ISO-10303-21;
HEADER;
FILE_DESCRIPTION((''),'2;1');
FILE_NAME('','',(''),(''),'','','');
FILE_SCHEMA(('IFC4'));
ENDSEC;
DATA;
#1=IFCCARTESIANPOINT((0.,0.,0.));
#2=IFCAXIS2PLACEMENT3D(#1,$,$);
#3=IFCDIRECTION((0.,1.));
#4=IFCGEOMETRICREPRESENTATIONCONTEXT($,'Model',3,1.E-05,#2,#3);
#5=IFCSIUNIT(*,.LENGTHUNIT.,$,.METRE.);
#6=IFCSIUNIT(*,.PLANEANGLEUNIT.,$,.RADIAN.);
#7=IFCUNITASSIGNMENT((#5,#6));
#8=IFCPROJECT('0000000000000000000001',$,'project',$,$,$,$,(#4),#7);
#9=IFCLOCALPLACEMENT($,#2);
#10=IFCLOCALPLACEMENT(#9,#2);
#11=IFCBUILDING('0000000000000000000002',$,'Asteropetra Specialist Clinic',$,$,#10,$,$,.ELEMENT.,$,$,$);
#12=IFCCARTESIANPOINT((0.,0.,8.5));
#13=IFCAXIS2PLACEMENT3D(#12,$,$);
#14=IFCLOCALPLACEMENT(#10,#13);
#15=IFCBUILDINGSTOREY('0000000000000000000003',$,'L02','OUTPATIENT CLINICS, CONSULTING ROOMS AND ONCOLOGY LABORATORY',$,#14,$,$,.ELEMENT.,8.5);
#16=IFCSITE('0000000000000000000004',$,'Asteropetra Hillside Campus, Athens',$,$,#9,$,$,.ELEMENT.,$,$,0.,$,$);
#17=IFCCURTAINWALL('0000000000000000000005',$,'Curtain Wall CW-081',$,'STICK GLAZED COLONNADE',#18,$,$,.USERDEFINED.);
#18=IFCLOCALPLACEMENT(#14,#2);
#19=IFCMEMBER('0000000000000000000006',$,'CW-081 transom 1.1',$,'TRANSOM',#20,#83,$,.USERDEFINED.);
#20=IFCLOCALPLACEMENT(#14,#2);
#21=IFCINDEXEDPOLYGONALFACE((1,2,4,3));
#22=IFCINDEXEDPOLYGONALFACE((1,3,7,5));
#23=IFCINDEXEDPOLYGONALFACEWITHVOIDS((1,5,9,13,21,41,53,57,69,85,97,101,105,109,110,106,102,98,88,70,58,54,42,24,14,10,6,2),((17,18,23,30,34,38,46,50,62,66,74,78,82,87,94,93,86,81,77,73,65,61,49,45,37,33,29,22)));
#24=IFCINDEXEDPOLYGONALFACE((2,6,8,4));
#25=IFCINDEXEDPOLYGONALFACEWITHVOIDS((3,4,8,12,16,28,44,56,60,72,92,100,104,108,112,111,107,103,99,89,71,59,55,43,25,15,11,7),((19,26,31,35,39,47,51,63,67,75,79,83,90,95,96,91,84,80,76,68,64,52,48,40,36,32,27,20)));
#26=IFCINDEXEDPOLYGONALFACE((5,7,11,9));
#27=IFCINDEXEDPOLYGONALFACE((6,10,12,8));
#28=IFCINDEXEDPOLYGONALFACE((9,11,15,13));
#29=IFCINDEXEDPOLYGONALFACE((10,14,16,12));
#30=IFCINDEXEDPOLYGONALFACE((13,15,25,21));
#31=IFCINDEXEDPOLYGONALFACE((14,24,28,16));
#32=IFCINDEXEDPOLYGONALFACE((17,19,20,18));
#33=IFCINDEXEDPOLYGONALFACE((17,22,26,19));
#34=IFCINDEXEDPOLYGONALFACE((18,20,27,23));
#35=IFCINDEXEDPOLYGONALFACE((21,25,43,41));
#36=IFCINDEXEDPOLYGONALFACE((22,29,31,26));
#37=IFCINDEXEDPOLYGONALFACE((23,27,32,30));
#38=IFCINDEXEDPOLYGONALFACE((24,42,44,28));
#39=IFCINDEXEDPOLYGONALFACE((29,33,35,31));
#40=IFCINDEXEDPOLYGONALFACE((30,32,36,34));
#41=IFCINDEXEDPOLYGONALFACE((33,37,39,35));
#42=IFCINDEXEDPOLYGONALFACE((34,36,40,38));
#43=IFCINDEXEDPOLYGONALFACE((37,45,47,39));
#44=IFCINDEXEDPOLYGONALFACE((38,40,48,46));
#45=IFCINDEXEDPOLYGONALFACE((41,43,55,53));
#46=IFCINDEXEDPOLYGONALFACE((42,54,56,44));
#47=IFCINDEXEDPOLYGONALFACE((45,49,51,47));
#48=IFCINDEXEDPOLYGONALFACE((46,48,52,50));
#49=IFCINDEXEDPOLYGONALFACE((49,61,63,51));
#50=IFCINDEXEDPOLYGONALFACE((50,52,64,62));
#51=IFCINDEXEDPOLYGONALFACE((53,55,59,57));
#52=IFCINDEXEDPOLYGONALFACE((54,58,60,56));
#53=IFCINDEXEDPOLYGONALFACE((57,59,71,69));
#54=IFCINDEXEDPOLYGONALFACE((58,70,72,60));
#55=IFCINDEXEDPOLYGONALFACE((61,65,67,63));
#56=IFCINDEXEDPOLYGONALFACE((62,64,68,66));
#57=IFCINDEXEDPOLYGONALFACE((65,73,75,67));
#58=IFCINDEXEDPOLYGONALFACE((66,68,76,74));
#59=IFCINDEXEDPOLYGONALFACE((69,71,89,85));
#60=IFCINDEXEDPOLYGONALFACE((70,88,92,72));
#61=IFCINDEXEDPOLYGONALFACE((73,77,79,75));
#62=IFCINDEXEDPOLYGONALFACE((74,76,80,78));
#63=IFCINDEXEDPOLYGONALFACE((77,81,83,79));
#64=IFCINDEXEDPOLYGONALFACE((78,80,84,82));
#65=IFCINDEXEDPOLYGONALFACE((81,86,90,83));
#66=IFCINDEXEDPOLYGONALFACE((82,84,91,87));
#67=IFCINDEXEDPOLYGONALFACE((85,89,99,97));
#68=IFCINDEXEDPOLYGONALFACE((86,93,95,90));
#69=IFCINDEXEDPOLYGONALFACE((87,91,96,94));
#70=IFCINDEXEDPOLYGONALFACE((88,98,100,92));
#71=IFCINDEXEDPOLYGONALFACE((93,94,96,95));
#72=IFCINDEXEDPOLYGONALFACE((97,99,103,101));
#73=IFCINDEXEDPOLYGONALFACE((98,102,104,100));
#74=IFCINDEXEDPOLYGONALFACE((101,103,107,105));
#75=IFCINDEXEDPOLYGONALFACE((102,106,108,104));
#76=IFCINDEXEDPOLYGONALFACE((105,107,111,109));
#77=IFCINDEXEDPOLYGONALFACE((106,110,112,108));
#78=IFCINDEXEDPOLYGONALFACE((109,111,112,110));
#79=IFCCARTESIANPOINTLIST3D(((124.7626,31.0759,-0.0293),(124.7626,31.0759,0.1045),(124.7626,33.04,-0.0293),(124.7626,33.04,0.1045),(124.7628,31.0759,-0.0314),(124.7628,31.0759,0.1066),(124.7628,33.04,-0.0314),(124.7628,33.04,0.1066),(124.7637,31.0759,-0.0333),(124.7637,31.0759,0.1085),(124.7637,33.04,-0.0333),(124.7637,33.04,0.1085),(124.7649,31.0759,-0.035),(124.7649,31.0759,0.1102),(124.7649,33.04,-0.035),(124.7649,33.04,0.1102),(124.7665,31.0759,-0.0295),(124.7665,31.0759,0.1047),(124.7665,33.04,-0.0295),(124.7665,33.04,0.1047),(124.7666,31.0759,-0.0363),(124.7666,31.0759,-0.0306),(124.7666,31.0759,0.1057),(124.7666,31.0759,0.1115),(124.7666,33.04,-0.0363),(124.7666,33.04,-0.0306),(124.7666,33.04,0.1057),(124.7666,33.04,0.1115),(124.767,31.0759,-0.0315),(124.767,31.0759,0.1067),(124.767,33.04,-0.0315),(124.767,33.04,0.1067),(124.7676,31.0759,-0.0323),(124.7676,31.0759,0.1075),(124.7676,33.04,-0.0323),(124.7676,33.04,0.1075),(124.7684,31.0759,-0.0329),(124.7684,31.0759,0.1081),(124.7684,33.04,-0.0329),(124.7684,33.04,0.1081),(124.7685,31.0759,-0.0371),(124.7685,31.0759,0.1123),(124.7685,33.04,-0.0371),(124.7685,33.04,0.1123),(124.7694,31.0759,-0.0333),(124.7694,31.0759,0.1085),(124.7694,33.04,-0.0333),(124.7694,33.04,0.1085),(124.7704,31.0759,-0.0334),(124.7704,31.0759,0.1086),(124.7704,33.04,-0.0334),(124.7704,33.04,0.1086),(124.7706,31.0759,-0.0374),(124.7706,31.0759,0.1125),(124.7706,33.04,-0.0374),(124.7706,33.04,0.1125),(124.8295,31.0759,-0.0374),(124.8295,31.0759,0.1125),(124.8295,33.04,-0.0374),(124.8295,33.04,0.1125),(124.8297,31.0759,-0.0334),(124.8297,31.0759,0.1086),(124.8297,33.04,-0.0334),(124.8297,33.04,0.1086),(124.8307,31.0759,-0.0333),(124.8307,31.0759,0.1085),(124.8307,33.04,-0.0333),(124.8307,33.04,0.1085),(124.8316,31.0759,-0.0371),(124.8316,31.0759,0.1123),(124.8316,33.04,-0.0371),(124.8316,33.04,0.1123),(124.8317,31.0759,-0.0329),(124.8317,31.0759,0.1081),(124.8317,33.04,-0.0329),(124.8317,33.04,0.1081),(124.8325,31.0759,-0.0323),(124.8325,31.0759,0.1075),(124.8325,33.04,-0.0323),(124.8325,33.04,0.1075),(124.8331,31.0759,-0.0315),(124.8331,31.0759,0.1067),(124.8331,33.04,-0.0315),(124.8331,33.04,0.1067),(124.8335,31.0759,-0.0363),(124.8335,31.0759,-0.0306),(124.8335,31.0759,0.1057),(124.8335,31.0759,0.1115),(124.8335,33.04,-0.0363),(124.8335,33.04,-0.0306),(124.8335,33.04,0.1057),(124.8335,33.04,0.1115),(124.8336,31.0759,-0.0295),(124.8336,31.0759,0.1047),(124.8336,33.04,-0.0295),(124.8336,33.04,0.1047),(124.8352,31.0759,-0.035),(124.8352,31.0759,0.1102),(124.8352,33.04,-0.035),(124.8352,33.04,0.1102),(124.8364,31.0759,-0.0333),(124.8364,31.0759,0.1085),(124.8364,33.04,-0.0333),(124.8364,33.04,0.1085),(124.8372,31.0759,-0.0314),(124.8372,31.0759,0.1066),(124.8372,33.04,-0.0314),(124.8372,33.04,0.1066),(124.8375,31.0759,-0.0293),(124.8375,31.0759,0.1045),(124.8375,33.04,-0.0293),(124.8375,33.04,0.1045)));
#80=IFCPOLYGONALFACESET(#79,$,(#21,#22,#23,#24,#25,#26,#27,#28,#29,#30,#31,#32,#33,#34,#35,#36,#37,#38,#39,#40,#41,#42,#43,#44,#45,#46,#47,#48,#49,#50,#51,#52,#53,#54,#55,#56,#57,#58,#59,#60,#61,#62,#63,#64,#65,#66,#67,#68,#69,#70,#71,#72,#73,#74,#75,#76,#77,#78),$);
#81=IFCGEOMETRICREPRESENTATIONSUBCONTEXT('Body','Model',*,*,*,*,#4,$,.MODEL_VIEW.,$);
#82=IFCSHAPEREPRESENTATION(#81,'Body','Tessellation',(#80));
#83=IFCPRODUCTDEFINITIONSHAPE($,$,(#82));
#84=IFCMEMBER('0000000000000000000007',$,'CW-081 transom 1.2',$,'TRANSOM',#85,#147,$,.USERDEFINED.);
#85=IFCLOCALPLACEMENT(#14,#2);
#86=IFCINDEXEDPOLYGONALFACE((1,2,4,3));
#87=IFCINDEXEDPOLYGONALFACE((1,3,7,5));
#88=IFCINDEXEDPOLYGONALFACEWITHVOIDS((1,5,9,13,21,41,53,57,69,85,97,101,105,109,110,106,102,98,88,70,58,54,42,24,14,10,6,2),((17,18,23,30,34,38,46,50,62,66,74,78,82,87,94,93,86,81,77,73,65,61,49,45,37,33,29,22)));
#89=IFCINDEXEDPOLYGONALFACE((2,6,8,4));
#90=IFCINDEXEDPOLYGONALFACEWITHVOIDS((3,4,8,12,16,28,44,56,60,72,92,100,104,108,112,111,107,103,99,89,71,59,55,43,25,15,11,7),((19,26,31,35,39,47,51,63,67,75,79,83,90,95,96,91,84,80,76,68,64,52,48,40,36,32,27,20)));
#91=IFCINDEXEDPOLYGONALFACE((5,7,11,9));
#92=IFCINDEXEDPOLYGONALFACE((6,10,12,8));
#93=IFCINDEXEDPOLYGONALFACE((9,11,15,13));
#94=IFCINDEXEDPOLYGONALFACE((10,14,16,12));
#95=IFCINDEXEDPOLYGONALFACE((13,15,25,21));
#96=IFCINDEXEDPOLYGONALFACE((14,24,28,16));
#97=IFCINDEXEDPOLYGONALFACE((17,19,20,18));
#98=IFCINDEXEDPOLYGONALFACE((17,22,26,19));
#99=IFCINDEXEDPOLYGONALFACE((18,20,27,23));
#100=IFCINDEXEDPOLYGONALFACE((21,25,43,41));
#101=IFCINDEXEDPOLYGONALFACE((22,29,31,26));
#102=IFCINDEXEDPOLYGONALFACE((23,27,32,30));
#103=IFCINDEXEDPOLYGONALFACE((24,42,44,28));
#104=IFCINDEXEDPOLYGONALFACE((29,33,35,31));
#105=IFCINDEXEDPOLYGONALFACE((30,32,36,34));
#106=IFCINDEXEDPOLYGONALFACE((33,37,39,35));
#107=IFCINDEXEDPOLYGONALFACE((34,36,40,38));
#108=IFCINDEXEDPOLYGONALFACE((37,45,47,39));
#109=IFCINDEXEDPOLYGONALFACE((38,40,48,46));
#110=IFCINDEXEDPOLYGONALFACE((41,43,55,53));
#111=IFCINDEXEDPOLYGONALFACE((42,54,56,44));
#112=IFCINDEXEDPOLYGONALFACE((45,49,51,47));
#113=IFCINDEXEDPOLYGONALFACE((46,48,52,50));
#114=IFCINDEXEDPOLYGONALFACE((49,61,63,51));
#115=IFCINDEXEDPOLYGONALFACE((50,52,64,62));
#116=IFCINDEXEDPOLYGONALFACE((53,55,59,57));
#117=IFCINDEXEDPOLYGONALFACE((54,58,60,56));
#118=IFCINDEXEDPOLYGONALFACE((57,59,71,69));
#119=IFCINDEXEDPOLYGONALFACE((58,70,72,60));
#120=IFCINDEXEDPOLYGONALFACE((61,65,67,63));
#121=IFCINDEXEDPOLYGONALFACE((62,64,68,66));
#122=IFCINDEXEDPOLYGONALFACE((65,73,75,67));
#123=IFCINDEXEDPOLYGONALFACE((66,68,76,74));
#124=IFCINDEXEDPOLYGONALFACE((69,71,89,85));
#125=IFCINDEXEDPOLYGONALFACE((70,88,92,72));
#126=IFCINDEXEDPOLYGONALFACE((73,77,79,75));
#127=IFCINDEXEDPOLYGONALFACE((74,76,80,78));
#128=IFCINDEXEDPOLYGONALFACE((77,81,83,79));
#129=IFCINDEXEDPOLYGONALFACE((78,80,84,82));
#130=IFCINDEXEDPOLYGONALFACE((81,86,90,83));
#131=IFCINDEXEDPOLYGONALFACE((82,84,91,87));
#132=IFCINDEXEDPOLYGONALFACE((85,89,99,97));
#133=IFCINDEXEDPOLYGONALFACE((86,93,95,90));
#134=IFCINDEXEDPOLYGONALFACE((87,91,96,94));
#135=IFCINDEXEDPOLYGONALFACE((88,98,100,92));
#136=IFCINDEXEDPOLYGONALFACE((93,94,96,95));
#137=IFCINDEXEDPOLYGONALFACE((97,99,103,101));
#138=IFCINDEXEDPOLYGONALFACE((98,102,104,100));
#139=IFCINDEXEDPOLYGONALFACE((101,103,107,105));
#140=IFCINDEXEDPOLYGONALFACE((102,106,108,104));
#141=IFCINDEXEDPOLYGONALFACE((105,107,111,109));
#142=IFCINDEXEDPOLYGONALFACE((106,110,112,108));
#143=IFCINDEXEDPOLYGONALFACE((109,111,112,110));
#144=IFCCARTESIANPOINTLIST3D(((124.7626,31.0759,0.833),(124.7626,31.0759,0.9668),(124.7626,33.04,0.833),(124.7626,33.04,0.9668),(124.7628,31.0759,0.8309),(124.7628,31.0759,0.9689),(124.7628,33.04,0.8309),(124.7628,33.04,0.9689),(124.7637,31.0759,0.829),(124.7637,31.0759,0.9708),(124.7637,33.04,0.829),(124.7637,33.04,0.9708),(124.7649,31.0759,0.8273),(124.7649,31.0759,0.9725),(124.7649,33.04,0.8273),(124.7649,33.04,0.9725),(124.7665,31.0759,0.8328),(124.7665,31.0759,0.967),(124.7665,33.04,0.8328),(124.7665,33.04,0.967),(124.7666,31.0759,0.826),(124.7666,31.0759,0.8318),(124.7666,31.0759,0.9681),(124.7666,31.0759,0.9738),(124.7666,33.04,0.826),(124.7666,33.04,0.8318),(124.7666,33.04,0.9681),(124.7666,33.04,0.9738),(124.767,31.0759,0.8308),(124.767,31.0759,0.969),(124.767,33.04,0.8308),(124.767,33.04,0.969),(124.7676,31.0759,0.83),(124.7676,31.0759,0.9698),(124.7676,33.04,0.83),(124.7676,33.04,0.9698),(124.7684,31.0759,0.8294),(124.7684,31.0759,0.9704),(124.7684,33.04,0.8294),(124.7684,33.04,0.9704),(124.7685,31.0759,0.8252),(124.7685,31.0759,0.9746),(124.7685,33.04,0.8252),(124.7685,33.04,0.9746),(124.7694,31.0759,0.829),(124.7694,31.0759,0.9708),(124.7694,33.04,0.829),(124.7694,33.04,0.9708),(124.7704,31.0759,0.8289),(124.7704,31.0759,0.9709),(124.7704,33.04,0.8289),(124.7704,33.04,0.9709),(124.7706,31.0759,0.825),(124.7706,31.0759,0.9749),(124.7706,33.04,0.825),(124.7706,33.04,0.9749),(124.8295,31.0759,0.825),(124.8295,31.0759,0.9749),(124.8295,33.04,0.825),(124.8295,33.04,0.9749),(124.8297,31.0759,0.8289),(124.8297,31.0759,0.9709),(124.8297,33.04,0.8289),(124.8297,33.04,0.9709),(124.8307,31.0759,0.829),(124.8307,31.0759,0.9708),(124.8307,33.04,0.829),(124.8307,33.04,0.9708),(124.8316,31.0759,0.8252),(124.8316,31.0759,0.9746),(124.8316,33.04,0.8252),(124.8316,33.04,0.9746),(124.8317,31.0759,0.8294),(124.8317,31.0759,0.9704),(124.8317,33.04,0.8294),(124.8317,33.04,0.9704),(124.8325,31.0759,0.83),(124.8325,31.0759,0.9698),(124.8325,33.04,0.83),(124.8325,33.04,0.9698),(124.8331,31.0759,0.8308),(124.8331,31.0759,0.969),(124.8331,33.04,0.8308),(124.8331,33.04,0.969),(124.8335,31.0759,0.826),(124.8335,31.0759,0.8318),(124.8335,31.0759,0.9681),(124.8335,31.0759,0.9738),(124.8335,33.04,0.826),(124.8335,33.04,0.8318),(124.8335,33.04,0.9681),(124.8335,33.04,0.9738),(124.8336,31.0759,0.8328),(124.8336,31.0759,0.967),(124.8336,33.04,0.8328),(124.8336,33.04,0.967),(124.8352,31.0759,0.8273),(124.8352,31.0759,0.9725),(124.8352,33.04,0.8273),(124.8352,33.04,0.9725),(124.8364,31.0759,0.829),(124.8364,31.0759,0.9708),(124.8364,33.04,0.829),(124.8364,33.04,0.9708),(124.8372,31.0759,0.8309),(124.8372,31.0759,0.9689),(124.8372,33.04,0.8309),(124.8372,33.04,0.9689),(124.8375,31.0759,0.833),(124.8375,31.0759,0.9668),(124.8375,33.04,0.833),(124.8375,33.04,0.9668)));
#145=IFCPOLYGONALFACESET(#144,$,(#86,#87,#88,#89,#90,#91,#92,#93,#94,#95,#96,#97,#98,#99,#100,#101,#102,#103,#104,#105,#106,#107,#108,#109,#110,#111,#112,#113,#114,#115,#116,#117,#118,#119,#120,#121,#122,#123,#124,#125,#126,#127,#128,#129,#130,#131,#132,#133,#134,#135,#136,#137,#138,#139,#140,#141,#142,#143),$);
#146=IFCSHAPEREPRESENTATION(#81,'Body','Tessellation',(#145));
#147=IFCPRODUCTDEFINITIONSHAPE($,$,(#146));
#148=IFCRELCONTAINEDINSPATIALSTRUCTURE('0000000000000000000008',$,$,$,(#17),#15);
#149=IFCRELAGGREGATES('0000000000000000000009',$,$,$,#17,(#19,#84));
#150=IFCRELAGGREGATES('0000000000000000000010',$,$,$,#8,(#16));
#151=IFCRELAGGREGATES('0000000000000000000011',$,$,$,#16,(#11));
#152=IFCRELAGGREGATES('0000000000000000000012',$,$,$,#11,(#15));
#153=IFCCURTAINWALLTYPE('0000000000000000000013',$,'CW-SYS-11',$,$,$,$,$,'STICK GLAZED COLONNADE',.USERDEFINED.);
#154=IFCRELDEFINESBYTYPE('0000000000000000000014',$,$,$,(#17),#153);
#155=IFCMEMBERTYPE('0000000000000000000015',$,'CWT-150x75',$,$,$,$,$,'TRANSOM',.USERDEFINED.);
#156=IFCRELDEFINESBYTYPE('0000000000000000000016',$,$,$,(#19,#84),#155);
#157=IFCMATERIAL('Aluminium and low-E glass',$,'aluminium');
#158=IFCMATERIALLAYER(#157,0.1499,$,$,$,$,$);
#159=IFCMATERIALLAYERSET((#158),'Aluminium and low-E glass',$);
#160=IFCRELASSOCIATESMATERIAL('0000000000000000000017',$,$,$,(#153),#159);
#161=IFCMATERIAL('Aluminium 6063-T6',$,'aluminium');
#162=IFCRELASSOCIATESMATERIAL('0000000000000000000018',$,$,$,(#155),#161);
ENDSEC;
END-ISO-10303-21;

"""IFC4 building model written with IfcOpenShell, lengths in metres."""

from ifc_helpers import new_model, si_unit, direction, frame, origin, origin_2d, place, context, subcontext, project, spatial, hollow_rectangle, extrude, material, layer, layer_set, material_profile, profile_set, type_object, element, aggregate, save


model = new_model("IFC4")

# Units and contexts
model_context = context("Model", 3, precision=1e-05, world=origin(), true_north=direction((0.0, 1.0)))
body_context = subcontext(model_context, "Body", "Model", "MODEL_VIEW")
ifc_project = project(units=[si_unit("LENGTHUNIT", "METRE"), si_unit("PLANEANGLEUNIT", "RADIAN")], contexts=[model_context])

# Site, building, storey
site_placement = place(None, origin())
site = spatial("IfcSite", under=ifc_project, at=site_placement, Name="Asteropetra Hillside Campus, Athens", CompositionType="ELEMENT", RefElevation=0.0)
building_placement = place(site_placement, origin())
building = spatial("IfcBuilding", under=site, at=building_placement, Name="Asteropetra Specialist Clinic", CompositionType="ELEMENT")
storey_placement = place(building_placement, frame((0.0, 0.0, 8.5)))
storey = spatial("IfcBuildingStorey", under=building, at=storey_placement, Name="L02", Description="OUTPATIENT CLINICS, CONSULTING ROOMS AND ONCOLOGY LABORATORY", CompositionType="ELEMENT", Elevation=8.5)

# Shared definitions
ifc_material_1 = material(Name="Aluminium and low-E glass", Category="aluminium")
ifc_layer_1 = layer(ifc_material_1, 0.1499)
ifc_layer_set_1 = layer_set([ifc_layer_1], Name="Aluminium and low-E glass")
curtain_wall_type = type_object("IfcCurtainWallType", Name="CW-SYS-11", ElementType="STICK GLAZED COLONNADE", PredefinedType="USERDEFINED", material=ifc_layer_set_1)

# Curtain wall
curtain_wall_1_placement = place(storey_placement, origin())
curtain_wall_1 = element("IfcCurtainWall", 1, at=curtain_wall_1_placement, inside=storey, type_object=curtain_wall_type, Name="Curtain Wall CW-081", ObjectType="STICK GLAZED COLONNADE", PredefinedType="USERDEFINED")

# Members
ifc_material_2 = material(Name="Aluminium 6063-T6", Category="aluminium")
ifc_material_profile_1 = material_profile(ifc_material_2, hollow_rectangle(XDim=0.075, YDim=0.1499, WallThickness=0.0039, InnerFilletRadius=0.0039, OuterFilletRadius=0.0081, at=origin_2d()), Name="TRN 150x75x4.0")
ifc_profile_set_1 = profile_set([ifc_material_profile_1], Name="Aluminium 6063-T6")
member_type_1 = type_object("IfcMemberType", Name="CWT-150x75", ElementType="TRANSOM", PredefinedType="USERDEFINED", material=ifc_profile_set_1)
member_1_placement = place(storey_placement, frame((124.8, 33.04, 0.0376), z_axis=(0.0, -1.0, 0.0), x_axis=(1.0, 0.0, 0.0)))
member_1 = element("IfcMember", 2, at=member_1_placement, type_object=member_type_1, Name="CW-081 transom 1.1", ObjectType="TRANSOM", PredefinedType="USERDEFINED", context=body_context, shape_type="SweptSolid", body=[
    extrude(hollow_rectangle(XDim=0.075, YDim=0.1499, WallThickness=0.0039, InnerFilletRadius=0.0039, OuterFilletRadius=0.0081, at=origin_2d()), origin(), (0.0, 0.0, 1.0), 1.9641),
])
member_2_placement = place(storey_placement, frame((124.8, 33.04, 0.8999), z_axis=(0.0, -1.0, 0.0), x_axis=(1.0, 0.0, 0.0)))
member_2 = element("IfcMember", 3, at=member_2_placement, type_object=member_type_1, Name="CW-081 transom 1.2", ObjectType="TRANSOM", PredefinedType="USERDEFINED", context=body_context, shape_type="SweptSolid", body=[
    extrude(hollow_rectangle(XDim=0.075, YDim=0.1499, WallThickness=0.0039, InnerFilletRadius=0.0039, OuterFilletRadius=0.0081, at=origin_2d()), origin(), (0.0, 0.0, 1.0), 1.9641),
])

aggregate(curtain_wall_1, [member_1, member_2])

save(model, "model.ifc")
